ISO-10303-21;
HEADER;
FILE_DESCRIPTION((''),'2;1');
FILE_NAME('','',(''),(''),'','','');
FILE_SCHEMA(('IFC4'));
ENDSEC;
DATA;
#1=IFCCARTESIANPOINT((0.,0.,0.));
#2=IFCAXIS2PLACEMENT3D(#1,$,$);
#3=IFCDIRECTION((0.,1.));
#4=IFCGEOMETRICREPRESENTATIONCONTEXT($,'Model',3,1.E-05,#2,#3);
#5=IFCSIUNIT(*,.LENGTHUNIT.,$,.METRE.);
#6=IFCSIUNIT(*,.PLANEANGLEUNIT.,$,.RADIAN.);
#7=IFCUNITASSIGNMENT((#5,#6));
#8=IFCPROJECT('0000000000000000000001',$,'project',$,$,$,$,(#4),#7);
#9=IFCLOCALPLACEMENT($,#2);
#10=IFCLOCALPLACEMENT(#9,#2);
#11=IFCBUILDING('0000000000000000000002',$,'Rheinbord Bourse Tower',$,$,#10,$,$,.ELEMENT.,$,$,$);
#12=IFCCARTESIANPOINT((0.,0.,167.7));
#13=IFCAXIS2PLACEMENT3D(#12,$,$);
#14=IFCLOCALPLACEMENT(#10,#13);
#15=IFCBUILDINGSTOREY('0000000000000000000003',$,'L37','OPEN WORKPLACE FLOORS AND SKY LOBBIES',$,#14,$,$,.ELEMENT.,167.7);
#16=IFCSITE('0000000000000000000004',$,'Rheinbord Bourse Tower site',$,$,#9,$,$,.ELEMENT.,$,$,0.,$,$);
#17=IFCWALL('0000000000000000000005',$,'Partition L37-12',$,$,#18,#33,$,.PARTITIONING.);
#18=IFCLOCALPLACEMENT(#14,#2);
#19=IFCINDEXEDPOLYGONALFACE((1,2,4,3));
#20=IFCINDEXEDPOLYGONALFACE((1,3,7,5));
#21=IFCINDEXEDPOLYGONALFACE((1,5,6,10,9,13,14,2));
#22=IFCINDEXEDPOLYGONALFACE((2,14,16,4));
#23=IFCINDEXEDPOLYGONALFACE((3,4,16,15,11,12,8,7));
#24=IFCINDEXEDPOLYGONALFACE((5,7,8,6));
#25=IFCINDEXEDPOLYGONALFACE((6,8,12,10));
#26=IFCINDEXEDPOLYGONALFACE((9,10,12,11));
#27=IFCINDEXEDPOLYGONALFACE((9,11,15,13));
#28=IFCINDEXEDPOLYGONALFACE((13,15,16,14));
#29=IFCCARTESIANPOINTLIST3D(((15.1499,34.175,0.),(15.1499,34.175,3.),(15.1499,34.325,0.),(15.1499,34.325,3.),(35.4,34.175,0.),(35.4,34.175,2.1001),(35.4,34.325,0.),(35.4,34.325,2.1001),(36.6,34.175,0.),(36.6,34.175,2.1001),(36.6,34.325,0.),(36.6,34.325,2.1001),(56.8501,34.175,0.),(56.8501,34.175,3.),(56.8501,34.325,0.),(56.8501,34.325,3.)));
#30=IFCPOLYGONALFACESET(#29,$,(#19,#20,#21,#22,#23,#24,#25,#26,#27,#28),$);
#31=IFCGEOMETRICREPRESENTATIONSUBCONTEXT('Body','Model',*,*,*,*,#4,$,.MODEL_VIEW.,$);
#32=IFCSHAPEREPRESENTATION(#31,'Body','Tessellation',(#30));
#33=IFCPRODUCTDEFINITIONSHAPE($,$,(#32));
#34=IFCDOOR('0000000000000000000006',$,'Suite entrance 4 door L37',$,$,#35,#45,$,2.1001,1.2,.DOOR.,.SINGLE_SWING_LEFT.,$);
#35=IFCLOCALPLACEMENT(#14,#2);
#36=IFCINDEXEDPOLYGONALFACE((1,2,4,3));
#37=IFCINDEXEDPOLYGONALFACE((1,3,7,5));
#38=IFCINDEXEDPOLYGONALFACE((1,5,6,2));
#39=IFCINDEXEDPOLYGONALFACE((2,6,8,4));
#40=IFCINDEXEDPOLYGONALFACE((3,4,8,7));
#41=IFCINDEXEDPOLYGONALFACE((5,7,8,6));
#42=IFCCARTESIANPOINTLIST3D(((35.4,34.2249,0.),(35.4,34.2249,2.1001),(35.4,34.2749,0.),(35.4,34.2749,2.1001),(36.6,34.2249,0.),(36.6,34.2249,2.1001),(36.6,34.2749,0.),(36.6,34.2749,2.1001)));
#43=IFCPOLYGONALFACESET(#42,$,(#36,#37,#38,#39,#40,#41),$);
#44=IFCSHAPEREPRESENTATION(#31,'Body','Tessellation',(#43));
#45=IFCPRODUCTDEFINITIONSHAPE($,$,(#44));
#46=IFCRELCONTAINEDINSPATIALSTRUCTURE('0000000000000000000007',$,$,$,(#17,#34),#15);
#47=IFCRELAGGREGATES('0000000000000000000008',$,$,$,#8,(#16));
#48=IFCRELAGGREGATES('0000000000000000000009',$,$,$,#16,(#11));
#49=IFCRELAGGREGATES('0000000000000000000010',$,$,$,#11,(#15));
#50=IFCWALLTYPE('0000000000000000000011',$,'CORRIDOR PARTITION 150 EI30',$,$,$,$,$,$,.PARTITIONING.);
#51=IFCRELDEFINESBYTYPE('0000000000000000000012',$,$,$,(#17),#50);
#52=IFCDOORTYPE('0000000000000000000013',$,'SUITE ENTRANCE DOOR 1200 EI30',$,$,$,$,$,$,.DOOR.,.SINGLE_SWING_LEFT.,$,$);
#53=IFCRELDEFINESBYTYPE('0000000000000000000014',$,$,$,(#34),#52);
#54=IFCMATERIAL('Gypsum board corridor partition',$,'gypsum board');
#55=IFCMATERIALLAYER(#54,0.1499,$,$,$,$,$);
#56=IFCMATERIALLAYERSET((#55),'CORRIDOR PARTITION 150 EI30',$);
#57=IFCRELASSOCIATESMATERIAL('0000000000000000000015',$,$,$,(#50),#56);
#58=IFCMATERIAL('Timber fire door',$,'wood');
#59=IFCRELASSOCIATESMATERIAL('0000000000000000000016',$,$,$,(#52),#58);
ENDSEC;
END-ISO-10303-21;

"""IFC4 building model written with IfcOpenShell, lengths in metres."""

from ifc_helpers import new_model, si_unit, direction, frame, frame_2d, origin, place, context, subcontext, project, spatial, rectangle, extrude, material, layer, layer_set, type_object, element, fill, save


model = new_model("IFC4")

# Units and contexts
model_context = context("Model", 3, precision=1e-05, world=origin(), true_north=direction((0.0, 1.0)))
body_context = subcontext(model_context, "Body", "Model", "MODEL_VIEW")
ifc_project = project(units=[si_unit("LENGTHUNIT", "METRE"), si_unit("PLANEANGLEUNIT", "RADIAN")], contexts=[model_context])

# Site, building, storey
site_placement = place(None, origin())
site = spatial("IfcSite", under=ifc_project, at=site_placement, Name="Rheinbord Bourse Tower site", CompositionType="ELEMENT", RefElevation=0.0)
building_placement = place(site_placement, origin())
building = spatial("IfcBuilding", under=site, at=building_placement, Name="Rheinbord Bourse Tower", CompositionType="ELEMENT")
storey_placement = place(building_placement, frame((0.0, 0.0, 167.7)))
storey = spatial("IfcBuildingStorey", under=building, at=storey_placement, Name="L37", Description="OPEN WORKPLACE FLOORS AND SKY LOBBIES", CompositionType="ELEMENT", Elevation=167.7)

# Wall, opening, door
ifc_material_1 = material(Name="Gypsum board corridor partition", Category="gypsum board")
ifc_layer_1 = layer(ifc_material_1, 0.1499)
ifc_layer_set_1 = layer_set([ifc_layer_1], Name="CORRIDOR PARTITION 150 EI30")
wall_type_1 = type_object("IfcWallType", Name="CORRIDOR PARTITION 150 EI30", PredefinedType="PARTITIONING", material=ifc_layer_set_1)
wall_1_placement = place(storey_placement, frame((15.1499, 34.25, 0.0), z_axis=(0.0, 0.0, 1.0), x_axis=(1.0, 0.0, 0.0)))
wall_1 = element("IfcWall", 1, at=wall_1_placement, inside=storey, type_object=wall_type_1, Name="Partition L37-12", PredefinedType="PARTITIONING", context=body_context, shape_type="SweptSolid", body=[
    extrude(rectangle(XDim=41.7002, YDim=0.1499, at=frame_2d((20.8501, 0.0))), origin(), (0.0, 0.0, 1.0), 3.0),
])
opening_1_placement = place(wall_1_placement, frame((20.25, 0.0, 0.0)))
opening_1 = element("IfcOpeningElement", 2, at=opening_1_placement, cuts=wall_1, PredefinedType="OPENING", context=body_context, shape_type="SweptSolid", body=[
    extrude(rectangle(XDim=1.2, YDim=2.1001, at=frame_2d((0.6001, 1.05))), frame((0.0, 0.085, 0.0), z_axis=(0.0, -1.0, 0.0), x_axis=(1.0, 0.0, 0.0)), (0.0, 0.0, 1.0), 0.1699),
])
ifc_material_2 = material(Name="Timber fire door", Category="wood")
door_type_1 = type_object("IfcDoorType", Name="SUITE ENTRANCE DOOR 1200 EI30", OperationType="SINGLE_SWING_LEFT", PredefinedType="DOOR", material=ifc_material_2)
door_1_placement = place(opening_1_placement, origin())
door_1 = element("IfcDoor", 3, at=door_1_placement, inside=storey, type_object=door_type_1, Name="Suite entrance 4 door L37", OperationType="SINGLE_SWING_LEFT", OverallHeight=2.1001, OverallWidth=1.2, PredefinedType="DOOR", context=body_context, shape_type="SweptSolid", body=[
    extrude(rectangle(XDim=1.2, YDim=2.1001, at=frame_2d((0.6001, 1.05))), frame((0.0, 0.0249, 0.0), z_axis=(0.0, -1.0, 0.0), x_axis=(1.0, 0.0, 0.0)), (0.0, 0.0, 1.0), 0.05),
])
fill(opening_1, door_1)

save(model, "model.ifc")
